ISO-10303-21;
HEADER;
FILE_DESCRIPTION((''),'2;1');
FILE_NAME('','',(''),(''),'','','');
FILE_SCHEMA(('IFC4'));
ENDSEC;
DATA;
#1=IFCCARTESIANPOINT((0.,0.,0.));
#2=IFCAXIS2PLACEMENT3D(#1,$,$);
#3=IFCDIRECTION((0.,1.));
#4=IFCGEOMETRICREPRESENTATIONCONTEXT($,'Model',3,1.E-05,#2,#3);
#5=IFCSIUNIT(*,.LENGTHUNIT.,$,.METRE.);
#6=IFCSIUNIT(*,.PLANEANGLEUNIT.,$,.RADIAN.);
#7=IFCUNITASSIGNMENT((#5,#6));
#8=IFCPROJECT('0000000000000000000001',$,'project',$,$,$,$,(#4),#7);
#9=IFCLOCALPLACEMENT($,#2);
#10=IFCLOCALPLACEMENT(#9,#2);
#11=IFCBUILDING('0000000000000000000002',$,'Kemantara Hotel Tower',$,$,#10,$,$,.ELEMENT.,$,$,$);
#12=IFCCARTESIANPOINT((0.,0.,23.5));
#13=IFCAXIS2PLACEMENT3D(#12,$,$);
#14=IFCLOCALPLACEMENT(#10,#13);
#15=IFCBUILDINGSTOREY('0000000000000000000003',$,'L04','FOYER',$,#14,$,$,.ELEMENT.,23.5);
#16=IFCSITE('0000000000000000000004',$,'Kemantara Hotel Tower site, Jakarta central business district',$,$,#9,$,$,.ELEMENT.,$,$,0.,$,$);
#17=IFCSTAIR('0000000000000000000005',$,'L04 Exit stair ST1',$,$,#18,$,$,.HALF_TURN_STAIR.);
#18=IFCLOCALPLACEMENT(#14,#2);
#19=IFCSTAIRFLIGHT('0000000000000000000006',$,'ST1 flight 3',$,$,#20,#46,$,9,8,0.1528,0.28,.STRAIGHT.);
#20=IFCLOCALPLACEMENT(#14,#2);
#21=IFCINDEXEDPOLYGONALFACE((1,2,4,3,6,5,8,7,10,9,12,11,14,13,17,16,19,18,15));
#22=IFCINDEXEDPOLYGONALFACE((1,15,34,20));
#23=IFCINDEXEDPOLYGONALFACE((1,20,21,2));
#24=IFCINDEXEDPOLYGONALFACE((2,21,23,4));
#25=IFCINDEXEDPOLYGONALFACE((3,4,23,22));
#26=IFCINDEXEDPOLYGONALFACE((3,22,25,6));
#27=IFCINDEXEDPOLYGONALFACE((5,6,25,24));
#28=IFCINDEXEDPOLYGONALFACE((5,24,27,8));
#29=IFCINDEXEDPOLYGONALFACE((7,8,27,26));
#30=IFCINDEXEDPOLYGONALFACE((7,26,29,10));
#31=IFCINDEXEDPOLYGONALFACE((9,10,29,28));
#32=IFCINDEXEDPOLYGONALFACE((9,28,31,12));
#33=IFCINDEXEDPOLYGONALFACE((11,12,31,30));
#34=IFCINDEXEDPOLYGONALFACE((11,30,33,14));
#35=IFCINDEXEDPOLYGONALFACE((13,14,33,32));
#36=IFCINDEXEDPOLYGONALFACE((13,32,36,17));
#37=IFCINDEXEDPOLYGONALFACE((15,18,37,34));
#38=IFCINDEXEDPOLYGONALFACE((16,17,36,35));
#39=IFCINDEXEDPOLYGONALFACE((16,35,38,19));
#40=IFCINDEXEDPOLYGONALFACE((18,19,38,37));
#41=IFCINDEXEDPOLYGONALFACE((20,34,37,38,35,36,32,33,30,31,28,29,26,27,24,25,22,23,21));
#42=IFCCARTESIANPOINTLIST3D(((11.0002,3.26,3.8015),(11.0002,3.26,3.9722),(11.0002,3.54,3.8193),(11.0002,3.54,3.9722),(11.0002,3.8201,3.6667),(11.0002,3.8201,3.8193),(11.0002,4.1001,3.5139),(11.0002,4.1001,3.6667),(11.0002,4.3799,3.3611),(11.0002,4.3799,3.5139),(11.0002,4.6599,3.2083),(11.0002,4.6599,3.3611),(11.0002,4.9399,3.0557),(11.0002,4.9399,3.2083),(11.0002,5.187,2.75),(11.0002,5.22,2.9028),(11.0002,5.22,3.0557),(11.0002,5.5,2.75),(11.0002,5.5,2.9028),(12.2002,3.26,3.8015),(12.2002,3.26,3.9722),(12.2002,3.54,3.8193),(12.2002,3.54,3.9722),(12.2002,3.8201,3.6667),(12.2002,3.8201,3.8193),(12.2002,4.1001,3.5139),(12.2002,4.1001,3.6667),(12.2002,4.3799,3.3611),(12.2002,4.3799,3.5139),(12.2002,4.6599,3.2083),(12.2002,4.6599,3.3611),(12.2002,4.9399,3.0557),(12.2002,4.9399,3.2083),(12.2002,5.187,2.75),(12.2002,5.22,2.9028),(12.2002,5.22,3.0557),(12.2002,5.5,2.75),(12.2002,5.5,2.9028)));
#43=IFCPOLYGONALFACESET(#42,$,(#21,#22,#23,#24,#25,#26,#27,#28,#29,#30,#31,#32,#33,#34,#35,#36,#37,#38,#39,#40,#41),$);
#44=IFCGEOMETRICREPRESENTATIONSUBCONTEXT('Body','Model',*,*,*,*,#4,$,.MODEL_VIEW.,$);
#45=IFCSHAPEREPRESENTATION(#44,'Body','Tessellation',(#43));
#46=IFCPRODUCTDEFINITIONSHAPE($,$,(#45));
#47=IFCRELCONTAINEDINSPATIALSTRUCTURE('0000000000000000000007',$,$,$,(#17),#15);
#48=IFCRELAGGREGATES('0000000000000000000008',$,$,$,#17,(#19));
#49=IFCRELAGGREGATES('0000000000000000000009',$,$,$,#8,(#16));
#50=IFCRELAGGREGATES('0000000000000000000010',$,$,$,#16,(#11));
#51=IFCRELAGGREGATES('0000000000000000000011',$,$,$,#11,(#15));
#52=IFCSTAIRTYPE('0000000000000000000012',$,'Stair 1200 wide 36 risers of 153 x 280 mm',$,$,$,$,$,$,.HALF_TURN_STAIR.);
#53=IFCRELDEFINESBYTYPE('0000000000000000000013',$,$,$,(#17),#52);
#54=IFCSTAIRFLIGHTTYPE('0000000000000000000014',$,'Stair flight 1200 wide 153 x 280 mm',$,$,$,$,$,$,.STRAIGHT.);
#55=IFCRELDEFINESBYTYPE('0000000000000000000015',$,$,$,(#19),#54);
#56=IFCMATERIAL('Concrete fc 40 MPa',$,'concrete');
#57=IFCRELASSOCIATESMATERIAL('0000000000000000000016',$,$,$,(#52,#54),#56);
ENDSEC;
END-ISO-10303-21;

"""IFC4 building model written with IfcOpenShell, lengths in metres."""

from ifc_helpers import new_model, si_unit, direction, frame, origin, place, context, subcontext, project, spatial, polyline, outline, extrude, material, type_object, element, aggregate, save


model = new_model("IFC4")

# Units and contexts
model_context = context("Model", 3, precision=1e-05, world=origin(), true_north=direction((0.0, 1.0)))
body_context = subcontext(model_context, "Body", "Model", "MODEL_VIEW")
ifc_project = project(units=[si_unit("LENGTHUNIT", "METRE"), si_unit("PLANEANGLEUNIT", "RADIAN")], contexts=[model_context])

# Site, building, storey
site_placement = place(None, origin())
site = spatial("IfcSite", under=ifc_project, at=site_placement, Name="Kemantara Hotel Tower site, Jakarta central business district", CompositionType="ELEMENT", RefElevation=0.0)
building_placement = place(site_placement, origin())
building = spatial("IfcBuilding", under=site, at=building_placement, Name="Kemantara Hotel Tower", CompositionType="ELEMENT")
storey_placement = place(building_placement, frame((0.0, 0.0, 23.5)))
storey = spatial("IfcBuildingStorey", under=building, at=storey_placement, Name="L04", Description="FOYER", CompositionType="ELEMENT", Elevation=23.5)

# Stair, stair flight
ifc_material_1 = material(Name="Concrete fc 40 MPa", Category="concrete")
stair_type = type_object("IfcStairType", Name="Stair 1200 wide 36 risers of 153 x 280 mm", PredefinedType="HALF_TURN_STAIR", material=ifc_material_1)
stair_placement = place(storey_placement, origin())
stair = element("IfcStair", 1, at=stair_placement, inside=storey, type_object=stair_type, Name="L04 Exit stair ST1", PredefinedType="HALF_TURN_STAIR")
stair_flight_type = type_object("IfcStairFlightType", Name="Stair flight 1200 wide 153 x 280 mm", PredefinedType="STRAIGHT", material=ifc_material_1)
stair_flight_placement = place(storey_placement, frame((11.6001, 5.5, 2.75), z_axis=(0.0, 0.0, 1.0), x_axis=(0.0, -1.0, 0.0)))
stair_flight = element("IfcStairFlight", 2, at=stair_flight_placement, type_object=stair_flight_type, Name="ST1 flight 3", NumberOfRisers=9, NumberOfTreads=8, PredefinedType="STRAIGHT", RiserHeight=0.1528, TreadLength=0.28, context=body_context, shape_type="SweptSolid", body=[
    extrude(outline(polyline([(0.0, 0.0), (0.0, 0.1528), (0.28, 0.1528), (0.28, 0.3057), (0.5601, 0.3057), (0.5601, 0.4583), (0.8401, 0.4583), (0.8401, 0.6111), (1.1201, 0.6111), (1.1201, 0.7639), (1.3999, 0.7639), (1.3999, 0.9167), (1.6799, 0.9167), (1.6799, 1.0693), (1.96, 1.0693), (1.96, 1.2222), (2.24, 1.2222), (2.24, 1.375), (2.24, 1.0515), (0.313, 0.0), (0.0, 0.0)])), frame((0.0, 0.6001, 0.0), z_axis=(0.0, -1.0, 0.0), x_axis=(1.0, 0.0, 0.0)), (0.0, 0.0, 1.0), 1.2),
])
aggregate(stair, [stair_flight])

save(model, "model.ifc")
